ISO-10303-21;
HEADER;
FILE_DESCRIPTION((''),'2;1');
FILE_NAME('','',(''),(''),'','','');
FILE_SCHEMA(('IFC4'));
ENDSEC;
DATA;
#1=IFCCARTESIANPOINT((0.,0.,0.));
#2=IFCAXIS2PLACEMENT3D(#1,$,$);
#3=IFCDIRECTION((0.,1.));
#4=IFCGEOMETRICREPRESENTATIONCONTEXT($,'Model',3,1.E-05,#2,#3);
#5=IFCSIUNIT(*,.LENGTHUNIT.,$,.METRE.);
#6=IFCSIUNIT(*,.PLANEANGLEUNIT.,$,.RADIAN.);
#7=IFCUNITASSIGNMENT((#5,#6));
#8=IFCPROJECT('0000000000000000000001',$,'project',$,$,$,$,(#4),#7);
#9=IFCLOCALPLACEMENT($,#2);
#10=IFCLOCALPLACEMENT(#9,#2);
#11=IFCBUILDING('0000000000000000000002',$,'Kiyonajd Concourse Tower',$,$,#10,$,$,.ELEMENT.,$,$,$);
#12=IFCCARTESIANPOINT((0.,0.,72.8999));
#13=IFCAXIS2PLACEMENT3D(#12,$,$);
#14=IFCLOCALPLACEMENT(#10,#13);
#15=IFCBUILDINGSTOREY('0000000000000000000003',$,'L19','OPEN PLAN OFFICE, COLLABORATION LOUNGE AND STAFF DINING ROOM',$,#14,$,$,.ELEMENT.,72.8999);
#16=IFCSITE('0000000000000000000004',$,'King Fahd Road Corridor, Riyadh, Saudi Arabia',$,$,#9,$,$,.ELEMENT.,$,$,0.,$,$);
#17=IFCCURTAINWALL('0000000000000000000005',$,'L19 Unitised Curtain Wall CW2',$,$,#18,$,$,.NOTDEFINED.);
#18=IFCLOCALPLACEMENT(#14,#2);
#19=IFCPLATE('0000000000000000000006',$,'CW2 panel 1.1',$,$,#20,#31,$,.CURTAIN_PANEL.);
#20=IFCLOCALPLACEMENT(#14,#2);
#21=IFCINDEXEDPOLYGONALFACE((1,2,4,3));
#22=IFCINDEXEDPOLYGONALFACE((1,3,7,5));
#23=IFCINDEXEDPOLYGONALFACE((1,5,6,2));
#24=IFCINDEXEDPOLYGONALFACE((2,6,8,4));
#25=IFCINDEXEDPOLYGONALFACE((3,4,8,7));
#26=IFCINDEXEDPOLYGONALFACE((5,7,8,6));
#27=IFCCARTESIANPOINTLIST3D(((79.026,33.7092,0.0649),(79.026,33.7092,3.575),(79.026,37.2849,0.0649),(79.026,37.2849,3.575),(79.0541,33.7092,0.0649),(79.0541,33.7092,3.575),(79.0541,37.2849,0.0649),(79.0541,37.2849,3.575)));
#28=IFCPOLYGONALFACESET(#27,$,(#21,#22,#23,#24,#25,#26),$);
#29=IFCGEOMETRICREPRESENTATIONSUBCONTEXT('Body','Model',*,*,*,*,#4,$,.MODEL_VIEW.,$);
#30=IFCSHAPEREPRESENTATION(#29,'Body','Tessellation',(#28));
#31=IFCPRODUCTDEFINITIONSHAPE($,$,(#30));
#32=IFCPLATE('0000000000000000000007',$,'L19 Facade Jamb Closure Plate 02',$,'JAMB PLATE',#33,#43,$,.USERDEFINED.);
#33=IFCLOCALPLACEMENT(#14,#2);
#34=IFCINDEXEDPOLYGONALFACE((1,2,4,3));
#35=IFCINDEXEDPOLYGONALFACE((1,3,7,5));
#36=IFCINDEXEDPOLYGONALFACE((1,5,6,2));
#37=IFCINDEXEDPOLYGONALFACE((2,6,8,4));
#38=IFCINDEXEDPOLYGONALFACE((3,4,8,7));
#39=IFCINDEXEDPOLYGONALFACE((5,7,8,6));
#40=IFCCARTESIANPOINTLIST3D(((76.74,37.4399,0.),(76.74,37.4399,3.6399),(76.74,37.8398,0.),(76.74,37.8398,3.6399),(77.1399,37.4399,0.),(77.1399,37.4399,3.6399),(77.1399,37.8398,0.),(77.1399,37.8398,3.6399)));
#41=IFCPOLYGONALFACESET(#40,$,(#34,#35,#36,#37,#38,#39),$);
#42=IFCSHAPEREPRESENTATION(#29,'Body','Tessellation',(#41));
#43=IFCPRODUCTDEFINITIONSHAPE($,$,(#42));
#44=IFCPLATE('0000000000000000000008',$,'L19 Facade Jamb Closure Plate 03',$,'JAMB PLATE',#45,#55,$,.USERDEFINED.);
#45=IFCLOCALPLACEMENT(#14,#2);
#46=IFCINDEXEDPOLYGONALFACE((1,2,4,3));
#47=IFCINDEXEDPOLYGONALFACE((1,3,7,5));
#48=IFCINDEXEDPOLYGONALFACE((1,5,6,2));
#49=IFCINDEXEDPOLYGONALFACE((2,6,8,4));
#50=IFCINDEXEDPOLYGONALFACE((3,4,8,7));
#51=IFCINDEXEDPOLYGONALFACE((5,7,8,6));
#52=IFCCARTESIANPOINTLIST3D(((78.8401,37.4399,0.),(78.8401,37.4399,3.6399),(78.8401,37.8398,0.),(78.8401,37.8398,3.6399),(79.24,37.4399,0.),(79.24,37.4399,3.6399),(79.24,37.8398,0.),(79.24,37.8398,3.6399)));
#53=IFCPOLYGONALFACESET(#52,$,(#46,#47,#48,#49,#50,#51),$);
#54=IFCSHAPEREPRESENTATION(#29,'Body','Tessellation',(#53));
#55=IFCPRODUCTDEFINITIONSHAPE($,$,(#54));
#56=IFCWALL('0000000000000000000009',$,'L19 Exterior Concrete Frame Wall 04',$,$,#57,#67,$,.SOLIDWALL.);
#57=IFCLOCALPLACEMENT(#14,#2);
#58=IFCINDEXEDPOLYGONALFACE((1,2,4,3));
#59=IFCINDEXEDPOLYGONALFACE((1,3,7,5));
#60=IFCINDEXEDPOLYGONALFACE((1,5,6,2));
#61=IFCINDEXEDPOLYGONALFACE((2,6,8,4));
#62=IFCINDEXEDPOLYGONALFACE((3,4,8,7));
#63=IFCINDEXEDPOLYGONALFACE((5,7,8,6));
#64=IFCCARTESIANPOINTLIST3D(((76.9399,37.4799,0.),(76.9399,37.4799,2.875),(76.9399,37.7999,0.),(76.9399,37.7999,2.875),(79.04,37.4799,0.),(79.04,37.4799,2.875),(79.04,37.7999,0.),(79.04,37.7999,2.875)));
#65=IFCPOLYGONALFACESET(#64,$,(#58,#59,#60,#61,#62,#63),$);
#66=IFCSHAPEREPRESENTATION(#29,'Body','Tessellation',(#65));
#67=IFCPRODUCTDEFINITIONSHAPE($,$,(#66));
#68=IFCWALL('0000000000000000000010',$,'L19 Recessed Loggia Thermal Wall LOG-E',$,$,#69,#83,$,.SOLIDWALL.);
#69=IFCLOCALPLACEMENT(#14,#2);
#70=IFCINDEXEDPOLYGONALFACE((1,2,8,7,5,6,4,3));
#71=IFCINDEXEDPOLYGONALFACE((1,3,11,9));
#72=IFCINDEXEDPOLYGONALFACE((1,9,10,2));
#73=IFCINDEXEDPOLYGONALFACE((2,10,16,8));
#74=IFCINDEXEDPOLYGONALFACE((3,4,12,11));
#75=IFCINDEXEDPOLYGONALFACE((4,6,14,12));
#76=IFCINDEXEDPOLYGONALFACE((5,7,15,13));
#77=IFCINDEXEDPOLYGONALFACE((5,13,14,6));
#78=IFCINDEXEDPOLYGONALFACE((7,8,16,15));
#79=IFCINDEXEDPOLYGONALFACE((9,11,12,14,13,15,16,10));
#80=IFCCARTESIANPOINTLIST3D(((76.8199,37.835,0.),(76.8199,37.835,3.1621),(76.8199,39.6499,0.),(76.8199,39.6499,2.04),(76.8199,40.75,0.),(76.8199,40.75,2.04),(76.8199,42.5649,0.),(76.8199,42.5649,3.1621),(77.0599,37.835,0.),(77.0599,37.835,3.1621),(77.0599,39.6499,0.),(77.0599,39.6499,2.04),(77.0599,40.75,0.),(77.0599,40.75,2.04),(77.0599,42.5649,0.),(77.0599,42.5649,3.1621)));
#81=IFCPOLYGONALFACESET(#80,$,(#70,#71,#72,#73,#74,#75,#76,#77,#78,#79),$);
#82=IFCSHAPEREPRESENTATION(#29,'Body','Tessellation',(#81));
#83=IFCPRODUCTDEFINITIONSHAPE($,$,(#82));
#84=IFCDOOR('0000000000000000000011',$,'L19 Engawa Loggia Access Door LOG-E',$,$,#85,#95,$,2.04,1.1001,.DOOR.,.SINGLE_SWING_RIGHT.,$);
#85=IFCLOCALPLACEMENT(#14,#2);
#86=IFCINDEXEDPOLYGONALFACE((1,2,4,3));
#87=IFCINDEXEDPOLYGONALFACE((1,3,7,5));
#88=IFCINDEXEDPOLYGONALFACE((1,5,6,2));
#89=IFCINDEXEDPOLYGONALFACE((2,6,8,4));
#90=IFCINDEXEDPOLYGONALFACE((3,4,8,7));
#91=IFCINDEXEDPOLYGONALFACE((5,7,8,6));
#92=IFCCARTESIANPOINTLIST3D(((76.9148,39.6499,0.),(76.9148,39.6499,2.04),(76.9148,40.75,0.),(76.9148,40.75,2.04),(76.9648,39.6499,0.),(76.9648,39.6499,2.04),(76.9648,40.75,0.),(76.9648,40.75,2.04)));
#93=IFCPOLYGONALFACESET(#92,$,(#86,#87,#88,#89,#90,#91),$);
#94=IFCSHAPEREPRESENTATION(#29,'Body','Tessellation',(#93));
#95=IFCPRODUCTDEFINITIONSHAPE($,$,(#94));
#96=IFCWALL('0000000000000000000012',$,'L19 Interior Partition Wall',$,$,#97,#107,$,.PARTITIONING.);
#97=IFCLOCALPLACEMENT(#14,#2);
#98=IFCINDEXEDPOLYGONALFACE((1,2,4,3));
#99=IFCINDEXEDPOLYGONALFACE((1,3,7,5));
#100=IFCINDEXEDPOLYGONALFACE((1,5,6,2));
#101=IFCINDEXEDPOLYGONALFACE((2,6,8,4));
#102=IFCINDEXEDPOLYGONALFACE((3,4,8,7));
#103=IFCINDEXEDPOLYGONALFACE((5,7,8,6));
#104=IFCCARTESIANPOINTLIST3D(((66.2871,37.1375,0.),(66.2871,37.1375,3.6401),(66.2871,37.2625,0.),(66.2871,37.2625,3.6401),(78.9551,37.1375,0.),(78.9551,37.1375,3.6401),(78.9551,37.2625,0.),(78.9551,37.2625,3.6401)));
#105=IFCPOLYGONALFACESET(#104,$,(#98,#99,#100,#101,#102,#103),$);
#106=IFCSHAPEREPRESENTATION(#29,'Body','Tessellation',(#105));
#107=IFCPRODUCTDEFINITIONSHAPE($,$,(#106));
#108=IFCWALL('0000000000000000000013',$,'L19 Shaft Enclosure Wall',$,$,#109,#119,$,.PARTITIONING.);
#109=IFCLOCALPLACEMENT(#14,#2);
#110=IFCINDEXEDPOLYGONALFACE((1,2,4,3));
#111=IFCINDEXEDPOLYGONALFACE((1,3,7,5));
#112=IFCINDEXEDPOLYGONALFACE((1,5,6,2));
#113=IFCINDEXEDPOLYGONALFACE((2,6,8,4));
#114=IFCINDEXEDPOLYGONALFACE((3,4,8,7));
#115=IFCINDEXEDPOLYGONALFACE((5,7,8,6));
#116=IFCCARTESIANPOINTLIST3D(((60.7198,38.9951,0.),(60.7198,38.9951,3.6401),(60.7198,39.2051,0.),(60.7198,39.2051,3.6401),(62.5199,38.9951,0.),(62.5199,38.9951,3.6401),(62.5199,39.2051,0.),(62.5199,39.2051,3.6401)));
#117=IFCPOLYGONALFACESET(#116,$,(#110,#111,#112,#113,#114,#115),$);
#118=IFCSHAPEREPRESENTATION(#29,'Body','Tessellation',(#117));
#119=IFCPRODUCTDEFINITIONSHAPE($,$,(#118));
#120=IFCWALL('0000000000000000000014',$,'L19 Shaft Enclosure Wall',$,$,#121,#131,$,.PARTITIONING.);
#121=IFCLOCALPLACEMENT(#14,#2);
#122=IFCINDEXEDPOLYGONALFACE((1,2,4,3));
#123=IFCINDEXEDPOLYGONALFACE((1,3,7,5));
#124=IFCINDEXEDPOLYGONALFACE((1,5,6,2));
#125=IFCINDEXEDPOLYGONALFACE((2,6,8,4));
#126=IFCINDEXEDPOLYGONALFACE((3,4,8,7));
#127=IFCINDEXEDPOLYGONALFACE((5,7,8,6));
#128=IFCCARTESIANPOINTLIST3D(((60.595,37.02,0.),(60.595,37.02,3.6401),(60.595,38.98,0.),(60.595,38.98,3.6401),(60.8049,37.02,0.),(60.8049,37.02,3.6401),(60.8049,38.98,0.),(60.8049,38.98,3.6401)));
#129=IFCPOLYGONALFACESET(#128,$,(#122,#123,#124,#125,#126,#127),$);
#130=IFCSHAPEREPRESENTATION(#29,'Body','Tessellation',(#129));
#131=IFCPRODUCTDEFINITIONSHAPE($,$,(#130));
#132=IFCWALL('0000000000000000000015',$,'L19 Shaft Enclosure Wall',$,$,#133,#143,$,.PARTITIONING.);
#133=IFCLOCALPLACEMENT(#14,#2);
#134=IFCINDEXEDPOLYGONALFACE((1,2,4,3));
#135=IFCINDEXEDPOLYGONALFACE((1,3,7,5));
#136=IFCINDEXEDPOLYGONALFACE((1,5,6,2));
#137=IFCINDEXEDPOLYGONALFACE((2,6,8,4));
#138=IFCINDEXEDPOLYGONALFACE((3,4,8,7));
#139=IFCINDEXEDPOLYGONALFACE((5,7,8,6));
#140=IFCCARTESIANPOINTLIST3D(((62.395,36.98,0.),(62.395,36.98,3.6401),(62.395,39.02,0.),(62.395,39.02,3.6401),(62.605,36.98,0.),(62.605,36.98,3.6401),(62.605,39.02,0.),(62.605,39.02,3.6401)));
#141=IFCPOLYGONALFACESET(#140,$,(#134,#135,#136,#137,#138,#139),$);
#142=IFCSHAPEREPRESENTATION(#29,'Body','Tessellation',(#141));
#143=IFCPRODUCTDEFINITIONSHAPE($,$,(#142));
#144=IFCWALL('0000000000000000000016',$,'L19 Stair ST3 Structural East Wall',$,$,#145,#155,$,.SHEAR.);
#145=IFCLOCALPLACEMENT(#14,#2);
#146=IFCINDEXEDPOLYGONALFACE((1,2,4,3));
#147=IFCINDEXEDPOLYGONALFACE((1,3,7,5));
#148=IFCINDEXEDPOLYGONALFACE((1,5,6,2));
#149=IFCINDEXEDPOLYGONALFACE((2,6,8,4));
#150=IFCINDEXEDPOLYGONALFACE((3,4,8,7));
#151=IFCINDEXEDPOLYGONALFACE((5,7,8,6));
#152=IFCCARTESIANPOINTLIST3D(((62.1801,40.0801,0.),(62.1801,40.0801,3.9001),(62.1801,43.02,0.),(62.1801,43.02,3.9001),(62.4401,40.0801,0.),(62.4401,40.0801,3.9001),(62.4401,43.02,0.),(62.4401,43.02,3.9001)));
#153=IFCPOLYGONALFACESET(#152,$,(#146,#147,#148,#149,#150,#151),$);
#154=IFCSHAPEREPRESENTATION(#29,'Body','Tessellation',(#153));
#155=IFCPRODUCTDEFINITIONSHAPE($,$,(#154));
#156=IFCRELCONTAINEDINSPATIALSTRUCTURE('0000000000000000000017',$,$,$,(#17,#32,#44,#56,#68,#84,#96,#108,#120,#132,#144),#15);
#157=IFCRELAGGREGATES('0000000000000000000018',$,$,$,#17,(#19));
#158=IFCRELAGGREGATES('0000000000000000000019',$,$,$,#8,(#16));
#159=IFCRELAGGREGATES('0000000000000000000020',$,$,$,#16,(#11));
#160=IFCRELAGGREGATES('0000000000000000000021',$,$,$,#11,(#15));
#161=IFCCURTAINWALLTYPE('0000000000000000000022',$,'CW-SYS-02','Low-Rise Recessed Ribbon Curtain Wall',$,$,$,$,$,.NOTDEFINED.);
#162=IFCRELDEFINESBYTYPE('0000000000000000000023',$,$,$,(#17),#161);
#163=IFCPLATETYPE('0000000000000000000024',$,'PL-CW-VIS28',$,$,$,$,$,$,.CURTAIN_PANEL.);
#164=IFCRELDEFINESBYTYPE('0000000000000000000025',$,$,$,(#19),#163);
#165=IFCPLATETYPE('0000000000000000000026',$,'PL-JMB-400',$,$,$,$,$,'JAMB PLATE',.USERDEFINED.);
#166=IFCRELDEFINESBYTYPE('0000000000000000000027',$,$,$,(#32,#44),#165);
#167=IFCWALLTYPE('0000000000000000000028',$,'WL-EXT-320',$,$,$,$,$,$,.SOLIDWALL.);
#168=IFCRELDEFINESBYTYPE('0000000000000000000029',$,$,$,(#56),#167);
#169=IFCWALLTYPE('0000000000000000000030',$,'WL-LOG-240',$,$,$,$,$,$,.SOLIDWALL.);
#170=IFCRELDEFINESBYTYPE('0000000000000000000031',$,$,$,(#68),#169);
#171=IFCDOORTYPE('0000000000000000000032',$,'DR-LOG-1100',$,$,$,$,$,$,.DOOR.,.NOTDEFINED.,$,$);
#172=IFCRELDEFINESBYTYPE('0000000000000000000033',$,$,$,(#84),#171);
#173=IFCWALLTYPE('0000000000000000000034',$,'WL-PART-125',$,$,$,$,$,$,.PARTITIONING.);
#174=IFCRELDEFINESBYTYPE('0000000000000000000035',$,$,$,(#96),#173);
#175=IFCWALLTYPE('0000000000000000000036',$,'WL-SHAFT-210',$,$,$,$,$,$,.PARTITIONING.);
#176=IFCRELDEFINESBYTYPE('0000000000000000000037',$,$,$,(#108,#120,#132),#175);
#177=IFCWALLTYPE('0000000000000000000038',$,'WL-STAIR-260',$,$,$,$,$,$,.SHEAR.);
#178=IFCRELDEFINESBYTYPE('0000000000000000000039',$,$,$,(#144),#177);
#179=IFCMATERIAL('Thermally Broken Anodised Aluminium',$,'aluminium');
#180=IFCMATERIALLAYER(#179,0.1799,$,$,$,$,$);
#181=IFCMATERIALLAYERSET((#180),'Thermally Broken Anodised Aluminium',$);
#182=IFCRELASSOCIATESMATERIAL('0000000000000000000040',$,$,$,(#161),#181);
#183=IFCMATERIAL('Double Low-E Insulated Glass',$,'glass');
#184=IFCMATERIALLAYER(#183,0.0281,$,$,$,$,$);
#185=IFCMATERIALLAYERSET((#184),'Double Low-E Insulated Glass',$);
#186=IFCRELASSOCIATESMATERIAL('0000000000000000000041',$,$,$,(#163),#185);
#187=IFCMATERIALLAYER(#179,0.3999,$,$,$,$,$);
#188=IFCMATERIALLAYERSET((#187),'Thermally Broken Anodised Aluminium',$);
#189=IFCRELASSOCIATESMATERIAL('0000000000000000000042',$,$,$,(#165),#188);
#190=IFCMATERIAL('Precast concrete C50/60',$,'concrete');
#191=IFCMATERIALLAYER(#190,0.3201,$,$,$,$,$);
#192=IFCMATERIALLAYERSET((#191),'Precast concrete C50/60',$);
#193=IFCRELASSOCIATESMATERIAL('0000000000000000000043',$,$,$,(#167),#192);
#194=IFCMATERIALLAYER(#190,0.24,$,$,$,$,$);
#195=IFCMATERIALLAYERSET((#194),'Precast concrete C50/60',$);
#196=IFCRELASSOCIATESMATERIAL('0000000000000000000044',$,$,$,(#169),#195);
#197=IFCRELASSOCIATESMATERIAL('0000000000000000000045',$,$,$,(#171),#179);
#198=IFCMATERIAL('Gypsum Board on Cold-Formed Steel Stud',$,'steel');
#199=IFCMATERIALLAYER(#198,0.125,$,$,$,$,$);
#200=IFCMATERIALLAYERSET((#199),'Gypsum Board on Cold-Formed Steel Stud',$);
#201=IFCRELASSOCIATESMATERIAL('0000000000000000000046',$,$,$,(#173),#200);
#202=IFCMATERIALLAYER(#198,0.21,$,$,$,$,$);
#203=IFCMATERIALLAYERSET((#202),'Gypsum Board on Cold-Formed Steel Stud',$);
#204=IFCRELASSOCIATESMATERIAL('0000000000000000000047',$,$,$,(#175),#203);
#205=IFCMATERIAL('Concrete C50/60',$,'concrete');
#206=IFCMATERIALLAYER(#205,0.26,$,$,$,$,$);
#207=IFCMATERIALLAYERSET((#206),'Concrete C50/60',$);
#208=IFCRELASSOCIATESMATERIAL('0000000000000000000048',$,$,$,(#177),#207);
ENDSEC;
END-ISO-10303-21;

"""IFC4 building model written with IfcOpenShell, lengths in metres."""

from ifc_helpers import new_model, si_unit, direction, frame, frame_2d, origin, origin_2d, place, context, subcontext, project, spatial, rectangle, extrude, material, layer, layer_set, type_object, element, fill, aggregate, save


model = new_model("IFC4")

# Units and contexts
model_context = context("Model", 3, precision=1e-05, world=origin(), true_north=direction((0.0, 1.0)))
body_context = subcontext(model_context, "Body", "Model", "MODEL_VIEW")
ifc_project = project(units=[si_unit("LENGTHUNIT", "METRE"), si_unit("PLANEANGLEUNIT", "RADIAN")], contexts=[model_context])

# Site, building, storey
site_placement = place(None, origin())
site = spatial("IfcSite", under=ifc_project, at=site_placement, Name="King Fahd Road Corridor, Riyadh, Saudi Arabia", CompositionType="ELEMENT", RefElevation=0.0)
building_placement = place(site_placement, origin())
building = spatial("IfcBuilding", under=site, at=building_placement, Name="Kiyonajd Concourse Tower", CompositionType="ELEMENT")
storey_placement = place(building_placement, frame((0.0, 0.0, 72.8999)))
storey = spatial("IfcBuildingStorey", under=building, at=storey_placement, Name="L19", Description="OPEN PLAN OFFICE, COLLABORATION LOUNGE AND STAFF DINING ROOM", CompositionType="ELEMENT", Elevation=72.8999)

# Shared definitions
ifc_material_1 = material(Name="Precast concrete C50/60", Category="concrete")

# Curtain wall, plate
ifc_material_2 = material(Name="Thermally Broken Anodised Aluminium", Category="aluminium")
ifc_layer_1 = layer(ifc_material_2, 0.1799)
ifc_layer_set_1 = layer_set([ifc_layer_1], Name="Thermally Broken Anodised Aluminium")
curtain_wall_type = type_object("IfcCurtainWallType", Name="CW-SYS-02", Description="Low-Rise Recessed Ribbon Curtain Wall", PredefinedType="NOTDEFINED", material=ifc_layer_set_1)
curtain_wall_placement = place(storey_placement, origin())
curtain_wall = element("IfcCurtainWall", 1, at=curtain_wall_placement, inside=storey, type_object=curtain_wall_type, Name="L19 Unitised Curtain Wall CW2", PredefinedType="NOTDEFINED")
ifc_material_3 = material(Name="Double Low-E Insulated Glass", Category="glass")
ifc_layer_2 = layer(ifc_material_3, 0.0281)
ifc_layer_set_2 = layer_set([ifc_layer_2], Name="Double Low-E Insulated Glass")
plate_type_1 = type_object("IfcPlateType", Name="PL-CW-VIS28", PredefinedType="CURTAIN_PANEL", material=ifc_layer_set_2)
plate_placement = place(storey_placement, frame((79.04, 35.4971, 0.0649), z_axis=(0.0, 0.0, 1.0), x_axis=(0.0, -1.0, 0.0)))
plate = element("IfcPlate", 2, at=plate_placement, type_object=plate_type_1, Name="CW2 panel 1.1", PredefinedType="CURTAIN_PANEL", context=body_context, shape_type="SweptSolid", body=[
    extrude(rectangle(XDim=3.5757, YDim=0.0281, at=origin_2d()), origin(), (0.0, 0.0, 1.0), 3.51),
])
aggregate(curtain_wall, [plate])

# Plates
ifc_layer_3 = layer(ifc_material_2, 0.3999)
ifc_layer_set_3 = layer_set([ifc_layer_3], Name="Thermally Broken Anodised Aluminium")
plate_type_2 = type_object("IfcPlateType", Name="PL-JMB-400", ElementType="JAMB PLATE", PredefinedType="USERDEFINED", material=ifc_layer_set_3)
for number, where, z_axis, x_axis, name in (
    (3, (76.9399, 37.6399, 0.0), (0.0, 0.0, 1.0), (1.0, 0.0, 0.0), "L19 Facade Jamb Closure Plate 02"),
    (4, (79.04, 37.6399, 0.0), (0.0, 0.0, 1.0), (1.0, 0.0, 0.0), "L19 Facade Jamb Closure Plate 03"),
):
    element("IfcPlate", number, at=place(storey_placement, frame(where, z_axis=z_axis, x_axis=x_axis)), inside=storey, type_object=plate_type_2, Name=name, ObjectType="JAMB PLATE", PredefinedType="USERDEFINED", context=body_context, shape_type="SweptSolid", body=[
        extrude(rectangle(XDim=0.3999, YDim=0.3999, at=origin_2d()), origin(), (0.0, 0.0, 1.0), 3.6399),
    ])

# Wall
ifc_layer_4 = layer(ifc_material_1, 0.3201)
ifc_layer_set_4 = layer_set([ifc_layer_4], Name="Precast concrete C50/60")
wall_type_1 = type_object("IfcWallType", Name="WL-EXT-320", PredefinedType="SOLIDWALL", material=ifc_layer_set_4)
wall_1_placement = place(storey_placement, frame((76.9399, 37.6399, 0.0), z_axis=(0.0, 0.0, 1.0), x_axis=(1.0, 0.0, 0.0)))
element("IfcWall", 5, at=wall_1_placement, inside=storey, type_object=wall_type_1, Name="L19 Exterior Concrete Frame Wall 04", PredefinedType="SOLIDWALL", context=body_context, shape_type="SweptSolid", body=[
    extrude(rectangle(XDim=2.1001, YDim=0.3201, at=frame_2d((1.05, 0.0))), origin(), (0.0, 0.0, 1.0), 2.875),
])

# Wall, opening, door
ifc_layer_5 = layer(ifc_material_1, 0.24)
ifc_layer_set_5 = layer_set([ifc_layer_5], Name="Precast concrete C50/60")
wall_type_2 = type_object("IfcWallType", Name="WL-LOG-240", PredefinedType="SOLIDWALL", material=ifc_layer_set_5)
wall_2_placement = place(storey_placement, frame((76.9399, 42.5649, 0.0), z_axis=(0.0, 0.0, 1.0), x_axis=(0.0, -1.0, 0.0)))
wall_2 = element("IfcWall", 6, at=wall_2_placement, inside=storey, type_object=wall_type_2, Name="L19 Recessed Loggia Thermal Wall LOG-E", PredefinedType="SOLIDWALL", context=body_context, shape_type="SweptSolid", body=[
    extrude(rectangle(XDim=4.73, YDim=0.24, at=frame_2d((2.365, 0.0))), origin(), (0.0, 0.0, 1.0), 3.1621),
])
opening_placement = place(wall_2_placement, frame((1.8149, 0.0, 0.0)))
opening = element("IfcOpeningElement", 7, at=opening_placement, cuts=wall_2, PredefinedType="OPENING", context=body_context, shape_type="SweptSolid", body=[
    extrude(rectangle(XDim=1.1001, YDim=2.04, at=frame_2d((0.55, 1.02))), frame((0.0, 0.1299, 0.0), z_axis=(0.0, -1.0, 0.0), x_axis=(1.0, 0.0, 0.0)), (0.0, 0.0, 1.0), 0.26),
])
door_type = type_object("IfcDoorType", Name="DR-LOG-1100", OperationType="NOTDEFINED", PredefinedType="DOOR", material=ifc_material_2)
door_placement = place(opening_placement, origin())
door = element("IfcDoor", 8, at=door_placement, inside=storey, type_object=door_type, Name="L19 Engawa Loggia Access Door LOG-E", OperationType="SINGLE_SWING_RIGHT", OverallHeight=2.04, OverallWidth=1.1001, PredefinedType="DOOR", context=body_context, shape_type="SweptSolid", body=[
    extrude(rectangle(XDim=1.1001, YDim=2.04, at=frame_2d((0.55, 1.02))), frame((0.0, 0.0249, 0.0), z_axis=(0.0, -1.0, 0.0), x_axis=(1.0, 0.0, 0.0)), (0.0, 0.0, 1.0), 0.05),
])
fill(opening, door)

# Walls
ifc_material_4 = material(Name="Gypsum Board on Cold-Formed Steel Stud", Category="steel")
ifc_layer_6 = layer(ifc_material_4, 0.125)
ifc_layer_set_6 = layer_set([ifc_layer_6], Name="Gypsum Board on Cold-Formed Steel Stud")
wall_type_3 = type_object("IfcWallType", Name="WL-PART-125", PredefinedType="PARTITIONING", material=ifc_layer_set_6)
wall_3_placement = place(storey_placement, frame((66.2871, 37.2, 0.0), z_axis=(0.0, 0.0, 1.0), x_axis=(1.0, 0.0, 0.0)))
element("IfcWall", 9, at=wall_3_placement, inside=storey, type_object=wall_type_3, Name="L19 Interior Partition Wall", PredefinedType="PARTITIONING", context=body_context, shape_type="SweptSolid", body=[
    extrude(rectangle(XDim=12.668, YDim=0.125, at=frame_2d((6.334, 0.0))), origin(), (0.0, 0.0, 1.0), 3.6401),
])
ifc_layer_7 = layer(ifc_material_4, 0.21)
ifc_layer_set_7 = layer_set([ifc_layer_7], Name="Gypsum Board on Cold-Formed Steel Stud")
wall_type_4 = type_object("IfcWallType", Name="WL-SHAFT-210", PredefinedType="PARTITIONING", material=ifc_layer_set_7)
wall_4_placement = place(storey_placement, frame((60.72, 39.1001, 0.0), z_axis=(0.0, 0.0, 1.0), x_axis=(1.0, 0.0, 0.0)))
element("IfcWall", 10, at=wall_4_placement, inside=storey, type_object=wall_type_4, Name="L19 Shaft Enclosure Wall", PredefinedType="PARTITIONING", context=body_context, shape_type="SweptSolid", body=[
    extrude(rectangle(XDim=1.8, YDim=0.21, at=frame_2d((0.8999, 0.0))), origin(), (0.0, 0.0, 1.0), 3.6401),
])
wall_5_placement = place(storey_placement, frame((60.7, 37.02, 0.0), z_axis=(0.0, 0.0, 1.0), x_axis=(0.0, 1.0, 0.0)))
element("IfcWall", 11, at=wall_5_placement, inside=storey, type_object=wall_type_4, Name="L19 Shaft Enclosure Wall", PredefinedType="PARTITIONING", context=body_context, shape_type="SweptSolid", body=[
    extrude(rectangle(XDim=1.96, YDim=0.21, at=frame_2d((0.98, 0.0))), origin(), (0.0, 0.0, 1.0), 3.6401),
])
wall_6_placement = place(storey_placement, frame((62.5, 36.98, 0.0), z_axis=(0.0, 0.0, 1.0), x_axis=(0.0, 1.0, 0.0)))
element("IfcWall", 12, at=wall_6_placement, inside=storey, type_object=wall_type_4, Name="L19 Shaft Enclosure Wall", PredefinedType="PARTITIONING", context=body_context, shape_type="SweptSolid", body=[
    extrude(rectangle(XDim=2.04, YDim=0.21, at=frame_2d((1.02, 0.0))), origin(), (0.0, 0.0, 1.0), 3.6401),
])
ifc_material_5 = material(Name="Concrete C50/60", Category="concrete")
ifc_layer_8 = layer(ifc_material_5, 0.26)
ifc_layer_set_8 = layer_set([ifc_layer_8], Name="Concrete C50/60")
wall_type_5 = type_object("IfcWallType", Name="WL-STAIR-260", PredefinedType="SHEAR", material=ifc_layer_set_8)
wall_7_placement = place(storey_placement, frame((62.3101, 40.0801, 0.0), z_axis=(0.0, 0.0, 1.0), x_axis=(0.0, 1.0, 0.0)))
element("IfcWall", 13, at=wall_7_placement, inside=storey, type_object=wall_type_5, Name="L19 Stair ST3 Structural East Wall", PredefinedType="SHEAR", context=body_context, shape_type="SweptSolid", body=[
    extrude(rectangle(XDim=2.9399, YDim=0.26, at=frame_2d((1.47, 0.0))), origin(), (0.0, 0.0, 1.0), 3.9001),
])

save(model, "model.ifc")
